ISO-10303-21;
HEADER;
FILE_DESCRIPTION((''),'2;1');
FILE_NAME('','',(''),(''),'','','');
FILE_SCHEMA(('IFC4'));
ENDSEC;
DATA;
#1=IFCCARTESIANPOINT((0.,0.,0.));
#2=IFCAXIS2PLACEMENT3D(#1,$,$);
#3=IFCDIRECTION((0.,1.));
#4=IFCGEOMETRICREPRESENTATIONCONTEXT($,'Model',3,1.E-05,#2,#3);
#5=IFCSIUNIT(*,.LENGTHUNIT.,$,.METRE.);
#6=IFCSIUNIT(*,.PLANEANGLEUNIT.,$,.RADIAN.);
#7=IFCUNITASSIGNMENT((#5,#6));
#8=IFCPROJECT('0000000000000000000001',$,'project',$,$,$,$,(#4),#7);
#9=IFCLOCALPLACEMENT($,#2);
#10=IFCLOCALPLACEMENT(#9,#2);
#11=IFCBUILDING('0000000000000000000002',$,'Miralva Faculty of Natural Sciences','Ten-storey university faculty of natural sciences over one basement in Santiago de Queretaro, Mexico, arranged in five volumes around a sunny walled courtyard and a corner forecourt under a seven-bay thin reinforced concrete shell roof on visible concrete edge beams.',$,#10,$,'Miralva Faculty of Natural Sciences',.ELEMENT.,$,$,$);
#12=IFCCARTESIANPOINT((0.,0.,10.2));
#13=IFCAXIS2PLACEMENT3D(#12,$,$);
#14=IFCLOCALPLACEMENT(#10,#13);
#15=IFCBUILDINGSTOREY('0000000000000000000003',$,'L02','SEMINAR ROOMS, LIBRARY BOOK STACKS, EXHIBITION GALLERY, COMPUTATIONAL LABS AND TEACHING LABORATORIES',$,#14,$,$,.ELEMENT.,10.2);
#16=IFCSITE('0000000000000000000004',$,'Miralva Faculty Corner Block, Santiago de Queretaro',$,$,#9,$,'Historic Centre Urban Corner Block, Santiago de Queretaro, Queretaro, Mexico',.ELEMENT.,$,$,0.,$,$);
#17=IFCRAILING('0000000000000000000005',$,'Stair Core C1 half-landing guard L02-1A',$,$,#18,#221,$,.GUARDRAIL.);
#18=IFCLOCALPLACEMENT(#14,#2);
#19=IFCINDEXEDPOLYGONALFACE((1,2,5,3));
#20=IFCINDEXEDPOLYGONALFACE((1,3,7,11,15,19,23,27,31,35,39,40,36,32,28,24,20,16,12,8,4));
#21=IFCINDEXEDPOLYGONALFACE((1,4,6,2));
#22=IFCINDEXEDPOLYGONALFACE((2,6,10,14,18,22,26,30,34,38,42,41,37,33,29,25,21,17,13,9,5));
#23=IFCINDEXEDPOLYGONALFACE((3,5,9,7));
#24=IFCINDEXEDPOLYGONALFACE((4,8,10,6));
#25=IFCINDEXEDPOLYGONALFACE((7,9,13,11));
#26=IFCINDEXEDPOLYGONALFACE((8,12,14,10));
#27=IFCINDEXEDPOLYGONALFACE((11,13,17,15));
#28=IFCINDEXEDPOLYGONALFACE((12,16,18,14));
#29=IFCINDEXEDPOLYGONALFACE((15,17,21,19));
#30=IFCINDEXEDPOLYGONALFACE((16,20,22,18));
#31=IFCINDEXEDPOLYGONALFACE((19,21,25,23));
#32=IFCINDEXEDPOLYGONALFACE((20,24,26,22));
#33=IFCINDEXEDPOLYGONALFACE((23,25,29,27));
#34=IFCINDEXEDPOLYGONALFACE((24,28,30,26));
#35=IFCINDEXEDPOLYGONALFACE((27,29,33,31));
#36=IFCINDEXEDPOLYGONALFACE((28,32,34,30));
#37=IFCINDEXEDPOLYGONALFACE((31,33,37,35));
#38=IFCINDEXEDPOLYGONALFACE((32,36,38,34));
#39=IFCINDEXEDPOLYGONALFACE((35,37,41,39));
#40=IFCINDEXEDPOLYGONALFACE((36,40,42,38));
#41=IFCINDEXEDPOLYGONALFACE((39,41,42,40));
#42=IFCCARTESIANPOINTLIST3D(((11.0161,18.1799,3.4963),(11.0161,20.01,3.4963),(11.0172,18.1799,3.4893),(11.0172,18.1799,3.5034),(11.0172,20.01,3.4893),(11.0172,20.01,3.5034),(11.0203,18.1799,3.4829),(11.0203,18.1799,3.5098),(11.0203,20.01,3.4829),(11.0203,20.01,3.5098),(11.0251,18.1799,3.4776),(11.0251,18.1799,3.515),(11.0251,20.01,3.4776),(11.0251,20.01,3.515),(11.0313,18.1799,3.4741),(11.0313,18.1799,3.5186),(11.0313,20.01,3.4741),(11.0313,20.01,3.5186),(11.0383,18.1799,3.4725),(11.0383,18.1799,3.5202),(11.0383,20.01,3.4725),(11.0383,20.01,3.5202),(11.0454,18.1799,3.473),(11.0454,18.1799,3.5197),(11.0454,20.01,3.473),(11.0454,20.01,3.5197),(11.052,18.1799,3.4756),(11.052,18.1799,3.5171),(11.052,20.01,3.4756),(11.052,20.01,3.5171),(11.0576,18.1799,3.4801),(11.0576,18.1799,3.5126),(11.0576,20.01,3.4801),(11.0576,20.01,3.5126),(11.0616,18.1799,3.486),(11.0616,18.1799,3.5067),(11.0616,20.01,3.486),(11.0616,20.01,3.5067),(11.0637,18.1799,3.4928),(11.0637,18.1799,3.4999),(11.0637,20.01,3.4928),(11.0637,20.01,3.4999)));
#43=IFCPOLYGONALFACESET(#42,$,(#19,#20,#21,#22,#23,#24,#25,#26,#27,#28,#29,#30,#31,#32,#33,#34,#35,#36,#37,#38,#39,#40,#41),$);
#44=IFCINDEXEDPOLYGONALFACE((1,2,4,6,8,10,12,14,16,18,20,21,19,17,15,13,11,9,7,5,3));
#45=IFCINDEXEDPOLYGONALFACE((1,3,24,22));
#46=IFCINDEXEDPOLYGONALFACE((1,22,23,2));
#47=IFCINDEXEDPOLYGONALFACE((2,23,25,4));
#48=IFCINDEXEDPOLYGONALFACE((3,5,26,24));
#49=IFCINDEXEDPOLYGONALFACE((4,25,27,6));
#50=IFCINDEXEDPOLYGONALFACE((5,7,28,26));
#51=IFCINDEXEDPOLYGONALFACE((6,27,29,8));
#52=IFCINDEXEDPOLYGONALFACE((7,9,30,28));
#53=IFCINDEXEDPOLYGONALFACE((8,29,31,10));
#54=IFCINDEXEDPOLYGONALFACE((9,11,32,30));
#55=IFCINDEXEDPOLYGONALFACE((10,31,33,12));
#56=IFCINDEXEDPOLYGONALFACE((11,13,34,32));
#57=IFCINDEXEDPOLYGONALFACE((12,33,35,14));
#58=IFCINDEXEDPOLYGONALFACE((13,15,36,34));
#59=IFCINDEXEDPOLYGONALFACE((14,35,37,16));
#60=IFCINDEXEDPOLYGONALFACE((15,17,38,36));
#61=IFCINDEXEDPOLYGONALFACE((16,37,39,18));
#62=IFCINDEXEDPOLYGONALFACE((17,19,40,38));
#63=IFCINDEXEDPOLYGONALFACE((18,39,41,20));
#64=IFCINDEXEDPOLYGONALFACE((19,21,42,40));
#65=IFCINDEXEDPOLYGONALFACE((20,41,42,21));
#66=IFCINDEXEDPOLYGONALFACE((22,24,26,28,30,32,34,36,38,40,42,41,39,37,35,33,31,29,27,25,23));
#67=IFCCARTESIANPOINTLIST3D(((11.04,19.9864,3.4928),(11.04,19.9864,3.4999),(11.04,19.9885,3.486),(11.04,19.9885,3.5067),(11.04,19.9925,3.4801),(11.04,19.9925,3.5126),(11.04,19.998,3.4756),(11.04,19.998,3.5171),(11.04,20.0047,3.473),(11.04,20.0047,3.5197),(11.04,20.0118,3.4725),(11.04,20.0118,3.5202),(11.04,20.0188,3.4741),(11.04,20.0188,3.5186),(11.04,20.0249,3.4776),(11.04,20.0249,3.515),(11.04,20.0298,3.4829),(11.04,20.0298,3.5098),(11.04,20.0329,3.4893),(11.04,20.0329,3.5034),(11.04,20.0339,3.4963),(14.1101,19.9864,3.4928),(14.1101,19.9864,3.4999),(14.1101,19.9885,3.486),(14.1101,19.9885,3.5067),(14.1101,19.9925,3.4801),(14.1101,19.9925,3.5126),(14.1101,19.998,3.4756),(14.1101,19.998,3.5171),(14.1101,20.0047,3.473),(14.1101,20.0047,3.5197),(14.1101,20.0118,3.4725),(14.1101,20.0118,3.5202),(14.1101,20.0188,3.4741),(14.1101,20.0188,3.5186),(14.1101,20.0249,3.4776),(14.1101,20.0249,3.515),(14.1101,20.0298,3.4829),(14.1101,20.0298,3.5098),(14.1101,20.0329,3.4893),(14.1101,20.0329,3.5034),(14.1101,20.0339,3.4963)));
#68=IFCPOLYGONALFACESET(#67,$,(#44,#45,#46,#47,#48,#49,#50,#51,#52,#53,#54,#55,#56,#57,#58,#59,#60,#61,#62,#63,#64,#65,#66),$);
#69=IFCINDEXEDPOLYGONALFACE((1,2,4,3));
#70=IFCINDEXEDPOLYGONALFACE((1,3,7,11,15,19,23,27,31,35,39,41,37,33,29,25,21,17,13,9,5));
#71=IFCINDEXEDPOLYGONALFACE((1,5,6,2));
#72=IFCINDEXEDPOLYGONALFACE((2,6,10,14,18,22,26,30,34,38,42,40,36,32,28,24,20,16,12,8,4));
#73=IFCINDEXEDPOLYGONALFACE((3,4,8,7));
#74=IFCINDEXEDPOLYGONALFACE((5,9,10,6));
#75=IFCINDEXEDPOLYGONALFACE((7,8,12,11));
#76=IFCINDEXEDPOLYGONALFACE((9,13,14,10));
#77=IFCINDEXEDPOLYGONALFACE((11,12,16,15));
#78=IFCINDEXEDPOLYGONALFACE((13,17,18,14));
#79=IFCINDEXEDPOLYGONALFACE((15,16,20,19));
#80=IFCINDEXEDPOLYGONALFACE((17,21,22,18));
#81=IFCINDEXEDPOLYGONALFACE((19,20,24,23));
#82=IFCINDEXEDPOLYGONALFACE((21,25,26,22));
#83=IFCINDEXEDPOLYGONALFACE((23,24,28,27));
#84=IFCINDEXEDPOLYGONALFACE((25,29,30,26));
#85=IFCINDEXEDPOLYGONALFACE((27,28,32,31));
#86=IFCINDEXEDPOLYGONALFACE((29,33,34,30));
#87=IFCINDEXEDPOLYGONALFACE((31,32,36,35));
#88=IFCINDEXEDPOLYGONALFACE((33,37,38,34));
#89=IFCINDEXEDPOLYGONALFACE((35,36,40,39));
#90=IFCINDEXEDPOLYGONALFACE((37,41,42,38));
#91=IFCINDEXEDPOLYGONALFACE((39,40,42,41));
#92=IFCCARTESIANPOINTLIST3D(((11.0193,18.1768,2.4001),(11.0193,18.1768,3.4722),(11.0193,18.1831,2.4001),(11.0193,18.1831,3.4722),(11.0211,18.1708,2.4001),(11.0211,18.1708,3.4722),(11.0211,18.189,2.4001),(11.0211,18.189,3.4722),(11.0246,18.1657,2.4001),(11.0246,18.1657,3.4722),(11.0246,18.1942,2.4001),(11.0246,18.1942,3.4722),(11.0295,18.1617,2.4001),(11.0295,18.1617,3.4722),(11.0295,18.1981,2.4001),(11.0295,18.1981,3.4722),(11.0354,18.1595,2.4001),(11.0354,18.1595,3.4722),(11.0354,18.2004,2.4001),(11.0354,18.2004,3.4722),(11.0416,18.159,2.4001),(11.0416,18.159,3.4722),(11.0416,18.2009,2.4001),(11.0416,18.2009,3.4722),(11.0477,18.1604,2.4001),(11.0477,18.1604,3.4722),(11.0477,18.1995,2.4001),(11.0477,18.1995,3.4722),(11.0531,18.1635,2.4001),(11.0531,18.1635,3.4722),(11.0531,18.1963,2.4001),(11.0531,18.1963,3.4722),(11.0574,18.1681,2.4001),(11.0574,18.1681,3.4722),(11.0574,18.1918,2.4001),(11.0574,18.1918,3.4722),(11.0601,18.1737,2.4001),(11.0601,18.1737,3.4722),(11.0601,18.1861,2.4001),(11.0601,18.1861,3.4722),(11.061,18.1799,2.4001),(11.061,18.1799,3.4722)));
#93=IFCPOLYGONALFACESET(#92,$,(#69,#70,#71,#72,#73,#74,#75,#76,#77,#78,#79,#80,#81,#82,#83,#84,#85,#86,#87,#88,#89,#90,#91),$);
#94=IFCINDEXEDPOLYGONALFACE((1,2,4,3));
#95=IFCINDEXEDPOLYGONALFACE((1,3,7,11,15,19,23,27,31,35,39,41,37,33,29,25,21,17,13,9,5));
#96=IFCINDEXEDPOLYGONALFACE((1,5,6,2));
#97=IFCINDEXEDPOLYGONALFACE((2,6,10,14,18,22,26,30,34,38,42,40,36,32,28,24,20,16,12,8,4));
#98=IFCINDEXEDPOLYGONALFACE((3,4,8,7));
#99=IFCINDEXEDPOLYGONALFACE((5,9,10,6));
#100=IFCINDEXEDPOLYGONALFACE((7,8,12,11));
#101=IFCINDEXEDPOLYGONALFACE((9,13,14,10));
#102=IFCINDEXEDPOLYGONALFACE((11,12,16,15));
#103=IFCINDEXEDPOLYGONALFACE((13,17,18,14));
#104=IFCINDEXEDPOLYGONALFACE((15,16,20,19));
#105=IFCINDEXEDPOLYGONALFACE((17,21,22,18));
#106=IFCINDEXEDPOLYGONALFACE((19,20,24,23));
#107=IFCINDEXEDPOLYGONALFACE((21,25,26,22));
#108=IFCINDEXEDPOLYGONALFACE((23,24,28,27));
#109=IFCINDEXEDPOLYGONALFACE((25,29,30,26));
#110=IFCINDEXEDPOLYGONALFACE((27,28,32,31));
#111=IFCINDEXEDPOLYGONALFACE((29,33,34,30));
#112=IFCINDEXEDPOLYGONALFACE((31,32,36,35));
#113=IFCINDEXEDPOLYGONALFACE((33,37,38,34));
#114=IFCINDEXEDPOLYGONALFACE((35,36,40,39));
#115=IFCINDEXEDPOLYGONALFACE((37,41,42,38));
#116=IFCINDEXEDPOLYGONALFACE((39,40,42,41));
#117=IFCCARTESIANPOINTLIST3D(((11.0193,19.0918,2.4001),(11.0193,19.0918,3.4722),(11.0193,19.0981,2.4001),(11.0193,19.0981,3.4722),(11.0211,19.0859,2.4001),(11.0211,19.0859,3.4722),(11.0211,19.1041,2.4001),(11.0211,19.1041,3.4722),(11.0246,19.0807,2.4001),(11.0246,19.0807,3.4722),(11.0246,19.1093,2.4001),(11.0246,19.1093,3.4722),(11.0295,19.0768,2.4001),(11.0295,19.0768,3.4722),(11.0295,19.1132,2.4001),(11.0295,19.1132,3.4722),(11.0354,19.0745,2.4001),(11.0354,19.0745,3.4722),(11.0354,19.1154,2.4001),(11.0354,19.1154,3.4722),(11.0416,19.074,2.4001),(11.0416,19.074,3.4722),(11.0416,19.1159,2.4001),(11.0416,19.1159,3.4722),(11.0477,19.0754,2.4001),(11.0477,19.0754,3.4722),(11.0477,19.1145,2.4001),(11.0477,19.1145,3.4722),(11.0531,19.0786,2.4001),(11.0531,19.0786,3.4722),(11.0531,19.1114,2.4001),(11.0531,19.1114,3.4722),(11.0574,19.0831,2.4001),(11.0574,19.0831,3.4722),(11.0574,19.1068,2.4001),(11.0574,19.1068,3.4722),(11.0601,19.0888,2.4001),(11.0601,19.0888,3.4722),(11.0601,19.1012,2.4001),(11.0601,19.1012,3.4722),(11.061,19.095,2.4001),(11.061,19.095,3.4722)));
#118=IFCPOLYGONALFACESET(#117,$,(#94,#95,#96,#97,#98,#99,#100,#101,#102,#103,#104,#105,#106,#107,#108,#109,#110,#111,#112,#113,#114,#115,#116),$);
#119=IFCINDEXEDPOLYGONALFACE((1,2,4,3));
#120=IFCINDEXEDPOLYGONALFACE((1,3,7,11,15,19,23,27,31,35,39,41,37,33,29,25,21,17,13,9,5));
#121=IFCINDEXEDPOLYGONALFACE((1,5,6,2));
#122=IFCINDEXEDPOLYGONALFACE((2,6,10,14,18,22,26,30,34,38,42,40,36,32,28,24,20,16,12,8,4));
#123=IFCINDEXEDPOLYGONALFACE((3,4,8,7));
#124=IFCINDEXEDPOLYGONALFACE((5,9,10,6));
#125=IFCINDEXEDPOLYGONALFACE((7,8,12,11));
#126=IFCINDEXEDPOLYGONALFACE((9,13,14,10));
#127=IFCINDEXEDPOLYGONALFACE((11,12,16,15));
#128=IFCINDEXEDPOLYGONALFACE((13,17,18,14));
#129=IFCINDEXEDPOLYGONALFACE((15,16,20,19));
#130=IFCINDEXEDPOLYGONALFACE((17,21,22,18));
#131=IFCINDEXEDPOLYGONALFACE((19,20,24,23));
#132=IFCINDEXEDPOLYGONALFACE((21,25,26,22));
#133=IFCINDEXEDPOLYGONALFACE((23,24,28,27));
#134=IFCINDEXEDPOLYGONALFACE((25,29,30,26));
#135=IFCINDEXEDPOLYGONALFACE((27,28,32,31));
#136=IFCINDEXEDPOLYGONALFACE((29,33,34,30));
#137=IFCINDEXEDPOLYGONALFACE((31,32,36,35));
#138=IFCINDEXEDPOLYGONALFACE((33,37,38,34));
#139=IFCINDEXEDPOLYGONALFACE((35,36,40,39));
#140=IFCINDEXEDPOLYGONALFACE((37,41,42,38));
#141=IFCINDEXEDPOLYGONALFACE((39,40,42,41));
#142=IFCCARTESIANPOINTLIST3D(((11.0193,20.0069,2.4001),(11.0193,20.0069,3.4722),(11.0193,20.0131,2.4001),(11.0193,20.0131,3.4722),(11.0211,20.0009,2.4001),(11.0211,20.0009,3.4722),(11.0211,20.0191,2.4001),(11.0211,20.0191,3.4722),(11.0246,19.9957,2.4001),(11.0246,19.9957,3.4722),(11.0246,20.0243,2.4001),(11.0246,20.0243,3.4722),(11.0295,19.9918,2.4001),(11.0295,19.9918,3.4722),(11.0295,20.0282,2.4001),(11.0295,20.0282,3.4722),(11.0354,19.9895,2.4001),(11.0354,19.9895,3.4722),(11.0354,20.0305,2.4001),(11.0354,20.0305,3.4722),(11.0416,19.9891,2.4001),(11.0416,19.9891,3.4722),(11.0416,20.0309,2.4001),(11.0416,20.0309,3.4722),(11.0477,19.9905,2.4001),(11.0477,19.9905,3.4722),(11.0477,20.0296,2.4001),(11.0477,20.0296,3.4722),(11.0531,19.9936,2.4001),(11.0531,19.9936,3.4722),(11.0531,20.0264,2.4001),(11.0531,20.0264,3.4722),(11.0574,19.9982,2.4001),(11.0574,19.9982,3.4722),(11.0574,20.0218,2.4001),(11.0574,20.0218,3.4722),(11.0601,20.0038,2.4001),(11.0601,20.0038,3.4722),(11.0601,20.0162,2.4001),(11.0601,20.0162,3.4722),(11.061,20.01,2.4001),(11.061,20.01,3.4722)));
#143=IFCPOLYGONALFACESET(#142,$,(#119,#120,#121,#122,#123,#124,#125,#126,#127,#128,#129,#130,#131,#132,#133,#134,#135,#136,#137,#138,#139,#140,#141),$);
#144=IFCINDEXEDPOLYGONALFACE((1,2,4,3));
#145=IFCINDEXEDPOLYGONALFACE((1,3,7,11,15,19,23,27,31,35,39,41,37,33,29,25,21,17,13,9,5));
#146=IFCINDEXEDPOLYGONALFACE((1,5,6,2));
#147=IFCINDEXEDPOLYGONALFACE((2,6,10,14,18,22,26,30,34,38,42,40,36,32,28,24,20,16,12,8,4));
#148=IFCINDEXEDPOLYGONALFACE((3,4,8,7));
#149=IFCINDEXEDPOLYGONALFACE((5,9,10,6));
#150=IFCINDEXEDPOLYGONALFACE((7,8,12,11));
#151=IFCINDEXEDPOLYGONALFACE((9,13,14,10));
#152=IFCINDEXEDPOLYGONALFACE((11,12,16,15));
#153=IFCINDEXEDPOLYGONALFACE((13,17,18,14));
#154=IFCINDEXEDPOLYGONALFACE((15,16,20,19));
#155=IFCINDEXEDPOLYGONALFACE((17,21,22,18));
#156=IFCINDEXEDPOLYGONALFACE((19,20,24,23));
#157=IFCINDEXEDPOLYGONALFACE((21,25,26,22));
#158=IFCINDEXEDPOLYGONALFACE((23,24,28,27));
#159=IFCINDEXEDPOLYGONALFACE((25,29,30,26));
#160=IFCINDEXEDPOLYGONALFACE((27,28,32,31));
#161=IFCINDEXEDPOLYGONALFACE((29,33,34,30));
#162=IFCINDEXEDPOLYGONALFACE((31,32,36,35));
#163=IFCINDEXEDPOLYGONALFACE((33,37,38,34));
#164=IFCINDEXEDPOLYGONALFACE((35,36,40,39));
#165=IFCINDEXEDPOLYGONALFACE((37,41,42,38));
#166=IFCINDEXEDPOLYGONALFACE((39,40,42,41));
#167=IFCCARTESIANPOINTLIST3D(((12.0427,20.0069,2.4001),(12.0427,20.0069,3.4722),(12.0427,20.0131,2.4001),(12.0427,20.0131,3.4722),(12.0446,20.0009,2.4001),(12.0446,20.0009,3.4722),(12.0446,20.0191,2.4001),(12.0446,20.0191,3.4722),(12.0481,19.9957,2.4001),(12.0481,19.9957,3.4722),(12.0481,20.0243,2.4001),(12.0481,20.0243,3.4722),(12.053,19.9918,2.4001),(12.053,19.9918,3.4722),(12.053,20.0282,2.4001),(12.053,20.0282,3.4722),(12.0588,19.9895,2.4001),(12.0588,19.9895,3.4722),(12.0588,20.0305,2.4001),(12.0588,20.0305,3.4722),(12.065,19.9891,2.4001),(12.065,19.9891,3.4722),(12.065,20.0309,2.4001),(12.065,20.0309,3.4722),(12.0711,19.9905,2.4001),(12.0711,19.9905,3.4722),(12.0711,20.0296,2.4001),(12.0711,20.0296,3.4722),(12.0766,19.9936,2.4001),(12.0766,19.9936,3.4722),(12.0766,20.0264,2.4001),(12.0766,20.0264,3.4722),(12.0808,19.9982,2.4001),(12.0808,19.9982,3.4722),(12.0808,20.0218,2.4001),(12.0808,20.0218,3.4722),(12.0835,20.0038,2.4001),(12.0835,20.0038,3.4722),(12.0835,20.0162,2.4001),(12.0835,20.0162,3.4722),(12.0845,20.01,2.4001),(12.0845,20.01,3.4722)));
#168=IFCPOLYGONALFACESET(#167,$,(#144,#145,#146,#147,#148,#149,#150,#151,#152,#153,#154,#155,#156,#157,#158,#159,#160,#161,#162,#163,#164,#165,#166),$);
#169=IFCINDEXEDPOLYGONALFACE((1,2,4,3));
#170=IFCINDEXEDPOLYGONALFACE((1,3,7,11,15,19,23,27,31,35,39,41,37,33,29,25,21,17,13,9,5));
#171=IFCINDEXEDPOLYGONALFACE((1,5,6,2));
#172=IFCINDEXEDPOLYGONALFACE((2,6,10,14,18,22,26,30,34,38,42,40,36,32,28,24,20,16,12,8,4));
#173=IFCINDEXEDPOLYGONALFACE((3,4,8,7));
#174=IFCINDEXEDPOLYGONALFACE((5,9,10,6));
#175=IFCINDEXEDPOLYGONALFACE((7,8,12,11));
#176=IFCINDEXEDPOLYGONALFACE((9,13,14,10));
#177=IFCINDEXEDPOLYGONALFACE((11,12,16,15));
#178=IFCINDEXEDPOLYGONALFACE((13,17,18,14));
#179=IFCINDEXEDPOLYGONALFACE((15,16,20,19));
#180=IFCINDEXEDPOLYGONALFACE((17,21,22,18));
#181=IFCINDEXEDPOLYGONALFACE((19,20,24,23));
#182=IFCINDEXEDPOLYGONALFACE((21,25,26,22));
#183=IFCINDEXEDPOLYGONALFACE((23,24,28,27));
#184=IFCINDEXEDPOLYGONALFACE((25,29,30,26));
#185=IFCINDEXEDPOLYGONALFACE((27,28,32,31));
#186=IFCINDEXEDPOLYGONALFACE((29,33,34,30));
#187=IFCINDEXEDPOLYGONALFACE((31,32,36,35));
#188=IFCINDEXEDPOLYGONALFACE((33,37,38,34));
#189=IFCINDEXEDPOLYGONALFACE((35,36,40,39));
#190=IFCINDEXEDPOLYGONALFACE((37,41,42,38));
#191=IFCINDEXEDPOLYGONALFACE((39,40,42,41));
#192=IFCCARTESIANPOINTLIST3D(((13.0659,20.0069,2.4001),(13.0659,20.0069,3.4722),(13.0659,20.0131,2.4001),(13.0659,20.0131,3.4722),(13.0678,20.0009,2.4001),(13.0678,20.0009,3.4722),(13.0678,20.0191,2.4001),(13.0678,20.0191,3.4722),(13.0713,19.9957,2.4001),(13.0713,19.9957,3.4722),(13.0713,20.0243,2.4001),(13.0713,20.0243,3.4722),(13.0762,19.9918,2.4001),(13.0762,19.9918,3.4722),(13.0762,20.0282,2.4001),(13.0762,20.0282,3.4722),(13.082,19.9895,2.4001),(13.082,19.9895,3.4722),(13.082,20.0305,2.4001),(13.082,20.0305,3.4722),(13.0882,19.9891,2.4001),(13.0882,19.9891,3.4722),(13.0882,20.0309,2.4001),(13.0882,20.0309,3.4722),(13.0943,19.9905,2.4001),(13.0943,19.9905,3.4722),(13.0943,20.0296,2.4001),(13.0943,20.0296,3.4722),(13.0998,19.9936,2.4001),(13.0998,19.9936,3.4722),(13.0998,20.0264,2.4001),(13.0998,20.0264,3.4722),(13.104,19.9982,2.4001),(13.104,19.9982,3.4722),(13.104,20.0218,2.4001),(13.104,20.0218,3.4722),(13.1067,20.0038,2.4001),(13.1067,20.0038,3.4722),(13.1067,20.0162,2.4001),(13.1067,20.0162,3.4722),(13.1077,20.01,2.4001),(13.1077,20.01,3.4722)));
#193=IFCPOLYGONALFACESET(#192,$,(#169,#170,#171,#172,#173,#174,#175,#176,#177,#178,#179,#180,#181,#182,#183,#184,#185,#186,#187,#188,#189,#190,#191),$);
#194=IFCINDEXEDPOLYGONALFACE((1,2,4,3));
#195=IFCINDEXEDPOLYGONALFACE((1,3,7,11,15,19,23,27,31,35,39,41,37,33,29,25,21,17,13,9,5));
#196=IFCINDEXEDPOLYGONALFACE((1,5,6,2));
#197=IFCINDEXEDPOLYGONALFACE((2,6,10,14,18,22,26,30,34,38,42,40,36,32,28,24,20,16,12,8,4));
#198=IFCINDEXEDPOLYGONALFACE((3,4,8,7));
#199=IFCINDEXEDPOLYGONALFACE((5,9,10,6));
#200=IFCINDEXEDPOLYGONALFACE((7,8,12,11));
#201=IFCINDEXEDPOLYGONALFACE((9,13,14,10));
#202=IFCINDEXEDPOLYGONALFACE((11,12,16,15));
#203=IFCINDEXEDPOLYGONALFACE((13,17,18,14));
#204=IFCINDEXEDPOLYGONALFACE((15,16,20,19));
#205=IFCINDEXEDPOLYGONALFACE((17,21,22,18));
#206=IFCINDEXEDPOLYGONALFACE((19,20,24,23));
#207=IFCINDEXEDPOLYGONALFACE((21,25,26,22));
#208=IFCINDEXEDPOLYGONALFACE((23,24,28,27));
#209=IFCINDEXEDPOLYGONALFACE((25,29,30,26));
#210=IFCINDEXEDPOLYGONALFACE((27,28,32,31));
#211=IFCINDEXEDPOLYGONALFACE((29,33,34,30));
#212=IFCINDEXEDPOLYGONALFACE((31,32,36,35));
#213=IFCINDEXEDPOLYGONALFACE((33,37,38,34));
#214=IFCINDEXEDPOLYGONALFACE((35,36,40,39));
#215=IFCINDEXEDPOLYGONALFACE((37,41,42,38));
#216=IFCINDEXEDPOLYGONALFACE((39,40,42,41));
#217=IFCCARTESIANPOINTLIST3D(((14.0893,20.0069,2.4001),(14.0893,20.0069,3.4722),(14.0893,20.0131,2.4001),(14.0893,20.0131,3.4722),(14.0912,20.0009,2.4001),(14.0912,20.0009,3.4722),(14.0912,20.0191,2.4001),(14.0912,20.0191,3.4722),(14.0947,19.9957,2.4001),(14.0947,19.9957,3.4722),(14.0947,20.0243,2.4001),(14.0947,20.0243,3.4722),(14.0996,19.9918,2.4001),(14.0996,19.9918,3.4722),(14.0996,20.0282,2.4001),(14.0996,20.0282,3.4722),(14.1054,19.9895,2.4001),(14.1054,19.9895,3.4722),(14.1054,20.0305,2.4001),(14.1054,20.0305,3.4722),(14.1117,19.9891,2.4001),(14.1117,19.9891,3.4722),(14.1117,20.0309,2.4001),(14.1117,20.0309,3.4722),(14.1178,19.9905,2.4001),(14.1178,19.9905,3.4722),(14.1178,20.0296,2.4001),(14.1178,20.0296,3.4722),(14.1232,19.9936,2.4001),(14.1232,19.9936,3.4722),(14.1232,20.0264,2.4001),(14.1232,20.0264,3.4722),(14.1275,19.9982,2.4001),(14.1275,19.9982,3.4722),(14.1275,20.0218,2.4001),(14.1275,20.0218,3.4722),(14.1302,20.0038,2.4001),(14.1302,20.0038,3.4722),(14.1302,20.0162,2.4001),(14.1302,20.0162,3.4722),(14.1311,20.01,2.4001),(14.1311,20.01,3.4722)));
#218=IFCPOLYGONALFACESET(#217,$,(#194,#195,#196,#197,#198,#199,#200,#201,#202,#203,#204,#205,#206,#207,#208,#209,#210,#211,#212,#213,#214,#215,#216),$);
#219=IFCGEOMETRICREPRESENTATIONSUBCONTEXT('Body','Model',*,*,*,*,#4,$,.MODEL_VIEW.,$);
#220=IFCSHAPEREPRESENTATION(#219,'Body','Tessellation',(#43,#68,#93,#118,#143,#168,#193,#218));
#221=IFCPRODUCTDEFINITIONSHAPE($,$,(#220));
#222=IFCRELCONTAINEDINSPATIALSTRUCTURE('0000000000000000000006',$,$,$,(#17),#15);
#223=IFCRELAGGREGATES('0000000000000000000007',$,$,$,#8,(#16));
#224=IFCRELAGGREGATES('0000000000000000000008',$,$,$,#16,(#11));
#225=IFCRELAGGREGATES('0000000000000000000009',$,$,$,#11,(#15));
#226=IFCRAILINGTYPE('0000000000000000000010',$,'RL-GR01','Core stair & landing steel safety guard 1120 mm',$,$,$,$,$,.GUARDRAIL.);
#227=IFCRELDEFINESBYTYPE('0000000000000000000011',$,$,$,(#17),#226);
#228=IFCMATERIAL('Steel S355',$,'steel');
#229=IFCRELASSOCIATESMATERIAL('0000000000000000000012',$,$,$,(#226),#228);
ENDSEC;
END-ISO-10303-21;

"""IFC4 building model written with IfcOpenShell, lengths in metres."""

from ifc_helpers import new_model, si_unit, direction, frame, origin, origin_2d, place, context, subcontext, project, spatial, circle, extrude, material, type_object, element, save


model = new_model("IFC4")

# Units and contexts
model_context = context("Model", 3, precision=1e-05, world=origin(), true_north=direction((0.0, 1.0)))
body_context = subcontext(model_context, "Body", "Model", "MODEL_VIEW")
ifc_project = project(units=[si_unit("LENGTHUNIT", "METRE"), si_unit("PLANEANGLEUNIT", "RADIAN")], contexts=[model_context])

# Site, building, storey
site_placement = place(None, origin())
site = spatial("IfcSite", under=ifc_project, at=site_placement, Name="Miralva Faculty Corner Block, Santiago de Queretaro", LongName="Historic Centre Urban Corner Block, Santiago de Queretaro, Queretaro, Mexico", CompositionType="ELEMENT", RefElevation=0.0)
building_placement = place(site_placement, origin())
building = spatial("IfcBuilding", under=site, at=building_placement, Name="Miralva Faculty of Natural Sciences", Description="Ten-storey university faculty of natural sciences over one basement in Santiago de Queretaro, Mexico, arranged in five volumes around a sunny walled courtyard and a corner forecourt under a seven-bay thin reinforced concrete shell roof on visible concrete edge beams.", LongName="Miralva Faculty of Natural Sciences", CompositionType="ELEMENT")
storey_placement = place(building_placement, frame((0.0, 0.0, 10.2)))
storey = spatial("IfcBuildingStorey", under=building, at=storey_placement, Name="L02", Description="SEMINAR ROOMS, LIBRARY BOOK STACKS, EXHIBITION GALLERY, COMPUTATIONAL LABS AND TEACHING LABORATORIES", CompositionType="ELEMENT", Elevation=10.2)

# Railing
ifc_material_1 = material(Name="Steel S355", Category="steel")
railing_type_1 = type_object("IfcRailingType", Name="RL-GR01", Description="Core stair & landing steel safety guard 1120 mm", PredefinedType="GUARDRAIL", material=ifc_material_1)
railing_1_placement = place(storey_placement, frame((11.04, 18.1799, 2.4001)))
element("IfcRailing", 1, at=railing_1_placement, inside=storey, type_object=railing_type_1, Name="Stair Core C1 half-landing guard L02-1A", PredefinedType="GUARDRAIL", context=body_context, shape_type="SweptSolid", body=[
    extrude(circle(Radius=0.0239, at=origin_2d()), frame((0.0, 0.0, 1.0962), z_axis=(0.0, 1.0, 0.0), x_axis=(-1.0, 0.0, 0.0)), (0.0, 0.0, 1.0), 1.8301),
    extrude(circle(Radius=0.0239, at=origin_2d()), frame((0.0, 1.8301, 1.0962), z_axis=(1.0, 0.0, 0.0), x_axis=(0.0, 1.0, 0.0)), (0.0, 0.0, 1.0), 3.0701),
    extrude(circle(Radius=0.021, at=origin_2d()), origin(), (0.0, 0.0, 1.0), 1.072),
    extrude(circle(Radius=0.021, at=origin_2d()), frame((0.0, 0.915, 0.0)), (0.0, 0.0, 1.0), 1.072),
    extrude(circle(Radius=0.021, at=origin_2d()), frame((0.0, 1.8301, 0.0)), (0.0, 0.0, 1.0), 1.072),
    extrude(circle(Radius=0.021, at=origin_2d()), frame((1.0234, 1.8301, 0.0)), (0.0, 0.0, 1.0), 1.072),
    extrude(circle(Radius=0.021, at=origin_2d()), frame((2.0466, 1.8301, 0.0)), (0.0, 0.0, 1.0), 1.072),
    extrude(circle(Radius=0.021, at=origin_2d()), frame((3.0701, 1.8301, 0.0)), (0.0, 0.0, 1.0), 1.072),
])

save(model, "model.ifc")
